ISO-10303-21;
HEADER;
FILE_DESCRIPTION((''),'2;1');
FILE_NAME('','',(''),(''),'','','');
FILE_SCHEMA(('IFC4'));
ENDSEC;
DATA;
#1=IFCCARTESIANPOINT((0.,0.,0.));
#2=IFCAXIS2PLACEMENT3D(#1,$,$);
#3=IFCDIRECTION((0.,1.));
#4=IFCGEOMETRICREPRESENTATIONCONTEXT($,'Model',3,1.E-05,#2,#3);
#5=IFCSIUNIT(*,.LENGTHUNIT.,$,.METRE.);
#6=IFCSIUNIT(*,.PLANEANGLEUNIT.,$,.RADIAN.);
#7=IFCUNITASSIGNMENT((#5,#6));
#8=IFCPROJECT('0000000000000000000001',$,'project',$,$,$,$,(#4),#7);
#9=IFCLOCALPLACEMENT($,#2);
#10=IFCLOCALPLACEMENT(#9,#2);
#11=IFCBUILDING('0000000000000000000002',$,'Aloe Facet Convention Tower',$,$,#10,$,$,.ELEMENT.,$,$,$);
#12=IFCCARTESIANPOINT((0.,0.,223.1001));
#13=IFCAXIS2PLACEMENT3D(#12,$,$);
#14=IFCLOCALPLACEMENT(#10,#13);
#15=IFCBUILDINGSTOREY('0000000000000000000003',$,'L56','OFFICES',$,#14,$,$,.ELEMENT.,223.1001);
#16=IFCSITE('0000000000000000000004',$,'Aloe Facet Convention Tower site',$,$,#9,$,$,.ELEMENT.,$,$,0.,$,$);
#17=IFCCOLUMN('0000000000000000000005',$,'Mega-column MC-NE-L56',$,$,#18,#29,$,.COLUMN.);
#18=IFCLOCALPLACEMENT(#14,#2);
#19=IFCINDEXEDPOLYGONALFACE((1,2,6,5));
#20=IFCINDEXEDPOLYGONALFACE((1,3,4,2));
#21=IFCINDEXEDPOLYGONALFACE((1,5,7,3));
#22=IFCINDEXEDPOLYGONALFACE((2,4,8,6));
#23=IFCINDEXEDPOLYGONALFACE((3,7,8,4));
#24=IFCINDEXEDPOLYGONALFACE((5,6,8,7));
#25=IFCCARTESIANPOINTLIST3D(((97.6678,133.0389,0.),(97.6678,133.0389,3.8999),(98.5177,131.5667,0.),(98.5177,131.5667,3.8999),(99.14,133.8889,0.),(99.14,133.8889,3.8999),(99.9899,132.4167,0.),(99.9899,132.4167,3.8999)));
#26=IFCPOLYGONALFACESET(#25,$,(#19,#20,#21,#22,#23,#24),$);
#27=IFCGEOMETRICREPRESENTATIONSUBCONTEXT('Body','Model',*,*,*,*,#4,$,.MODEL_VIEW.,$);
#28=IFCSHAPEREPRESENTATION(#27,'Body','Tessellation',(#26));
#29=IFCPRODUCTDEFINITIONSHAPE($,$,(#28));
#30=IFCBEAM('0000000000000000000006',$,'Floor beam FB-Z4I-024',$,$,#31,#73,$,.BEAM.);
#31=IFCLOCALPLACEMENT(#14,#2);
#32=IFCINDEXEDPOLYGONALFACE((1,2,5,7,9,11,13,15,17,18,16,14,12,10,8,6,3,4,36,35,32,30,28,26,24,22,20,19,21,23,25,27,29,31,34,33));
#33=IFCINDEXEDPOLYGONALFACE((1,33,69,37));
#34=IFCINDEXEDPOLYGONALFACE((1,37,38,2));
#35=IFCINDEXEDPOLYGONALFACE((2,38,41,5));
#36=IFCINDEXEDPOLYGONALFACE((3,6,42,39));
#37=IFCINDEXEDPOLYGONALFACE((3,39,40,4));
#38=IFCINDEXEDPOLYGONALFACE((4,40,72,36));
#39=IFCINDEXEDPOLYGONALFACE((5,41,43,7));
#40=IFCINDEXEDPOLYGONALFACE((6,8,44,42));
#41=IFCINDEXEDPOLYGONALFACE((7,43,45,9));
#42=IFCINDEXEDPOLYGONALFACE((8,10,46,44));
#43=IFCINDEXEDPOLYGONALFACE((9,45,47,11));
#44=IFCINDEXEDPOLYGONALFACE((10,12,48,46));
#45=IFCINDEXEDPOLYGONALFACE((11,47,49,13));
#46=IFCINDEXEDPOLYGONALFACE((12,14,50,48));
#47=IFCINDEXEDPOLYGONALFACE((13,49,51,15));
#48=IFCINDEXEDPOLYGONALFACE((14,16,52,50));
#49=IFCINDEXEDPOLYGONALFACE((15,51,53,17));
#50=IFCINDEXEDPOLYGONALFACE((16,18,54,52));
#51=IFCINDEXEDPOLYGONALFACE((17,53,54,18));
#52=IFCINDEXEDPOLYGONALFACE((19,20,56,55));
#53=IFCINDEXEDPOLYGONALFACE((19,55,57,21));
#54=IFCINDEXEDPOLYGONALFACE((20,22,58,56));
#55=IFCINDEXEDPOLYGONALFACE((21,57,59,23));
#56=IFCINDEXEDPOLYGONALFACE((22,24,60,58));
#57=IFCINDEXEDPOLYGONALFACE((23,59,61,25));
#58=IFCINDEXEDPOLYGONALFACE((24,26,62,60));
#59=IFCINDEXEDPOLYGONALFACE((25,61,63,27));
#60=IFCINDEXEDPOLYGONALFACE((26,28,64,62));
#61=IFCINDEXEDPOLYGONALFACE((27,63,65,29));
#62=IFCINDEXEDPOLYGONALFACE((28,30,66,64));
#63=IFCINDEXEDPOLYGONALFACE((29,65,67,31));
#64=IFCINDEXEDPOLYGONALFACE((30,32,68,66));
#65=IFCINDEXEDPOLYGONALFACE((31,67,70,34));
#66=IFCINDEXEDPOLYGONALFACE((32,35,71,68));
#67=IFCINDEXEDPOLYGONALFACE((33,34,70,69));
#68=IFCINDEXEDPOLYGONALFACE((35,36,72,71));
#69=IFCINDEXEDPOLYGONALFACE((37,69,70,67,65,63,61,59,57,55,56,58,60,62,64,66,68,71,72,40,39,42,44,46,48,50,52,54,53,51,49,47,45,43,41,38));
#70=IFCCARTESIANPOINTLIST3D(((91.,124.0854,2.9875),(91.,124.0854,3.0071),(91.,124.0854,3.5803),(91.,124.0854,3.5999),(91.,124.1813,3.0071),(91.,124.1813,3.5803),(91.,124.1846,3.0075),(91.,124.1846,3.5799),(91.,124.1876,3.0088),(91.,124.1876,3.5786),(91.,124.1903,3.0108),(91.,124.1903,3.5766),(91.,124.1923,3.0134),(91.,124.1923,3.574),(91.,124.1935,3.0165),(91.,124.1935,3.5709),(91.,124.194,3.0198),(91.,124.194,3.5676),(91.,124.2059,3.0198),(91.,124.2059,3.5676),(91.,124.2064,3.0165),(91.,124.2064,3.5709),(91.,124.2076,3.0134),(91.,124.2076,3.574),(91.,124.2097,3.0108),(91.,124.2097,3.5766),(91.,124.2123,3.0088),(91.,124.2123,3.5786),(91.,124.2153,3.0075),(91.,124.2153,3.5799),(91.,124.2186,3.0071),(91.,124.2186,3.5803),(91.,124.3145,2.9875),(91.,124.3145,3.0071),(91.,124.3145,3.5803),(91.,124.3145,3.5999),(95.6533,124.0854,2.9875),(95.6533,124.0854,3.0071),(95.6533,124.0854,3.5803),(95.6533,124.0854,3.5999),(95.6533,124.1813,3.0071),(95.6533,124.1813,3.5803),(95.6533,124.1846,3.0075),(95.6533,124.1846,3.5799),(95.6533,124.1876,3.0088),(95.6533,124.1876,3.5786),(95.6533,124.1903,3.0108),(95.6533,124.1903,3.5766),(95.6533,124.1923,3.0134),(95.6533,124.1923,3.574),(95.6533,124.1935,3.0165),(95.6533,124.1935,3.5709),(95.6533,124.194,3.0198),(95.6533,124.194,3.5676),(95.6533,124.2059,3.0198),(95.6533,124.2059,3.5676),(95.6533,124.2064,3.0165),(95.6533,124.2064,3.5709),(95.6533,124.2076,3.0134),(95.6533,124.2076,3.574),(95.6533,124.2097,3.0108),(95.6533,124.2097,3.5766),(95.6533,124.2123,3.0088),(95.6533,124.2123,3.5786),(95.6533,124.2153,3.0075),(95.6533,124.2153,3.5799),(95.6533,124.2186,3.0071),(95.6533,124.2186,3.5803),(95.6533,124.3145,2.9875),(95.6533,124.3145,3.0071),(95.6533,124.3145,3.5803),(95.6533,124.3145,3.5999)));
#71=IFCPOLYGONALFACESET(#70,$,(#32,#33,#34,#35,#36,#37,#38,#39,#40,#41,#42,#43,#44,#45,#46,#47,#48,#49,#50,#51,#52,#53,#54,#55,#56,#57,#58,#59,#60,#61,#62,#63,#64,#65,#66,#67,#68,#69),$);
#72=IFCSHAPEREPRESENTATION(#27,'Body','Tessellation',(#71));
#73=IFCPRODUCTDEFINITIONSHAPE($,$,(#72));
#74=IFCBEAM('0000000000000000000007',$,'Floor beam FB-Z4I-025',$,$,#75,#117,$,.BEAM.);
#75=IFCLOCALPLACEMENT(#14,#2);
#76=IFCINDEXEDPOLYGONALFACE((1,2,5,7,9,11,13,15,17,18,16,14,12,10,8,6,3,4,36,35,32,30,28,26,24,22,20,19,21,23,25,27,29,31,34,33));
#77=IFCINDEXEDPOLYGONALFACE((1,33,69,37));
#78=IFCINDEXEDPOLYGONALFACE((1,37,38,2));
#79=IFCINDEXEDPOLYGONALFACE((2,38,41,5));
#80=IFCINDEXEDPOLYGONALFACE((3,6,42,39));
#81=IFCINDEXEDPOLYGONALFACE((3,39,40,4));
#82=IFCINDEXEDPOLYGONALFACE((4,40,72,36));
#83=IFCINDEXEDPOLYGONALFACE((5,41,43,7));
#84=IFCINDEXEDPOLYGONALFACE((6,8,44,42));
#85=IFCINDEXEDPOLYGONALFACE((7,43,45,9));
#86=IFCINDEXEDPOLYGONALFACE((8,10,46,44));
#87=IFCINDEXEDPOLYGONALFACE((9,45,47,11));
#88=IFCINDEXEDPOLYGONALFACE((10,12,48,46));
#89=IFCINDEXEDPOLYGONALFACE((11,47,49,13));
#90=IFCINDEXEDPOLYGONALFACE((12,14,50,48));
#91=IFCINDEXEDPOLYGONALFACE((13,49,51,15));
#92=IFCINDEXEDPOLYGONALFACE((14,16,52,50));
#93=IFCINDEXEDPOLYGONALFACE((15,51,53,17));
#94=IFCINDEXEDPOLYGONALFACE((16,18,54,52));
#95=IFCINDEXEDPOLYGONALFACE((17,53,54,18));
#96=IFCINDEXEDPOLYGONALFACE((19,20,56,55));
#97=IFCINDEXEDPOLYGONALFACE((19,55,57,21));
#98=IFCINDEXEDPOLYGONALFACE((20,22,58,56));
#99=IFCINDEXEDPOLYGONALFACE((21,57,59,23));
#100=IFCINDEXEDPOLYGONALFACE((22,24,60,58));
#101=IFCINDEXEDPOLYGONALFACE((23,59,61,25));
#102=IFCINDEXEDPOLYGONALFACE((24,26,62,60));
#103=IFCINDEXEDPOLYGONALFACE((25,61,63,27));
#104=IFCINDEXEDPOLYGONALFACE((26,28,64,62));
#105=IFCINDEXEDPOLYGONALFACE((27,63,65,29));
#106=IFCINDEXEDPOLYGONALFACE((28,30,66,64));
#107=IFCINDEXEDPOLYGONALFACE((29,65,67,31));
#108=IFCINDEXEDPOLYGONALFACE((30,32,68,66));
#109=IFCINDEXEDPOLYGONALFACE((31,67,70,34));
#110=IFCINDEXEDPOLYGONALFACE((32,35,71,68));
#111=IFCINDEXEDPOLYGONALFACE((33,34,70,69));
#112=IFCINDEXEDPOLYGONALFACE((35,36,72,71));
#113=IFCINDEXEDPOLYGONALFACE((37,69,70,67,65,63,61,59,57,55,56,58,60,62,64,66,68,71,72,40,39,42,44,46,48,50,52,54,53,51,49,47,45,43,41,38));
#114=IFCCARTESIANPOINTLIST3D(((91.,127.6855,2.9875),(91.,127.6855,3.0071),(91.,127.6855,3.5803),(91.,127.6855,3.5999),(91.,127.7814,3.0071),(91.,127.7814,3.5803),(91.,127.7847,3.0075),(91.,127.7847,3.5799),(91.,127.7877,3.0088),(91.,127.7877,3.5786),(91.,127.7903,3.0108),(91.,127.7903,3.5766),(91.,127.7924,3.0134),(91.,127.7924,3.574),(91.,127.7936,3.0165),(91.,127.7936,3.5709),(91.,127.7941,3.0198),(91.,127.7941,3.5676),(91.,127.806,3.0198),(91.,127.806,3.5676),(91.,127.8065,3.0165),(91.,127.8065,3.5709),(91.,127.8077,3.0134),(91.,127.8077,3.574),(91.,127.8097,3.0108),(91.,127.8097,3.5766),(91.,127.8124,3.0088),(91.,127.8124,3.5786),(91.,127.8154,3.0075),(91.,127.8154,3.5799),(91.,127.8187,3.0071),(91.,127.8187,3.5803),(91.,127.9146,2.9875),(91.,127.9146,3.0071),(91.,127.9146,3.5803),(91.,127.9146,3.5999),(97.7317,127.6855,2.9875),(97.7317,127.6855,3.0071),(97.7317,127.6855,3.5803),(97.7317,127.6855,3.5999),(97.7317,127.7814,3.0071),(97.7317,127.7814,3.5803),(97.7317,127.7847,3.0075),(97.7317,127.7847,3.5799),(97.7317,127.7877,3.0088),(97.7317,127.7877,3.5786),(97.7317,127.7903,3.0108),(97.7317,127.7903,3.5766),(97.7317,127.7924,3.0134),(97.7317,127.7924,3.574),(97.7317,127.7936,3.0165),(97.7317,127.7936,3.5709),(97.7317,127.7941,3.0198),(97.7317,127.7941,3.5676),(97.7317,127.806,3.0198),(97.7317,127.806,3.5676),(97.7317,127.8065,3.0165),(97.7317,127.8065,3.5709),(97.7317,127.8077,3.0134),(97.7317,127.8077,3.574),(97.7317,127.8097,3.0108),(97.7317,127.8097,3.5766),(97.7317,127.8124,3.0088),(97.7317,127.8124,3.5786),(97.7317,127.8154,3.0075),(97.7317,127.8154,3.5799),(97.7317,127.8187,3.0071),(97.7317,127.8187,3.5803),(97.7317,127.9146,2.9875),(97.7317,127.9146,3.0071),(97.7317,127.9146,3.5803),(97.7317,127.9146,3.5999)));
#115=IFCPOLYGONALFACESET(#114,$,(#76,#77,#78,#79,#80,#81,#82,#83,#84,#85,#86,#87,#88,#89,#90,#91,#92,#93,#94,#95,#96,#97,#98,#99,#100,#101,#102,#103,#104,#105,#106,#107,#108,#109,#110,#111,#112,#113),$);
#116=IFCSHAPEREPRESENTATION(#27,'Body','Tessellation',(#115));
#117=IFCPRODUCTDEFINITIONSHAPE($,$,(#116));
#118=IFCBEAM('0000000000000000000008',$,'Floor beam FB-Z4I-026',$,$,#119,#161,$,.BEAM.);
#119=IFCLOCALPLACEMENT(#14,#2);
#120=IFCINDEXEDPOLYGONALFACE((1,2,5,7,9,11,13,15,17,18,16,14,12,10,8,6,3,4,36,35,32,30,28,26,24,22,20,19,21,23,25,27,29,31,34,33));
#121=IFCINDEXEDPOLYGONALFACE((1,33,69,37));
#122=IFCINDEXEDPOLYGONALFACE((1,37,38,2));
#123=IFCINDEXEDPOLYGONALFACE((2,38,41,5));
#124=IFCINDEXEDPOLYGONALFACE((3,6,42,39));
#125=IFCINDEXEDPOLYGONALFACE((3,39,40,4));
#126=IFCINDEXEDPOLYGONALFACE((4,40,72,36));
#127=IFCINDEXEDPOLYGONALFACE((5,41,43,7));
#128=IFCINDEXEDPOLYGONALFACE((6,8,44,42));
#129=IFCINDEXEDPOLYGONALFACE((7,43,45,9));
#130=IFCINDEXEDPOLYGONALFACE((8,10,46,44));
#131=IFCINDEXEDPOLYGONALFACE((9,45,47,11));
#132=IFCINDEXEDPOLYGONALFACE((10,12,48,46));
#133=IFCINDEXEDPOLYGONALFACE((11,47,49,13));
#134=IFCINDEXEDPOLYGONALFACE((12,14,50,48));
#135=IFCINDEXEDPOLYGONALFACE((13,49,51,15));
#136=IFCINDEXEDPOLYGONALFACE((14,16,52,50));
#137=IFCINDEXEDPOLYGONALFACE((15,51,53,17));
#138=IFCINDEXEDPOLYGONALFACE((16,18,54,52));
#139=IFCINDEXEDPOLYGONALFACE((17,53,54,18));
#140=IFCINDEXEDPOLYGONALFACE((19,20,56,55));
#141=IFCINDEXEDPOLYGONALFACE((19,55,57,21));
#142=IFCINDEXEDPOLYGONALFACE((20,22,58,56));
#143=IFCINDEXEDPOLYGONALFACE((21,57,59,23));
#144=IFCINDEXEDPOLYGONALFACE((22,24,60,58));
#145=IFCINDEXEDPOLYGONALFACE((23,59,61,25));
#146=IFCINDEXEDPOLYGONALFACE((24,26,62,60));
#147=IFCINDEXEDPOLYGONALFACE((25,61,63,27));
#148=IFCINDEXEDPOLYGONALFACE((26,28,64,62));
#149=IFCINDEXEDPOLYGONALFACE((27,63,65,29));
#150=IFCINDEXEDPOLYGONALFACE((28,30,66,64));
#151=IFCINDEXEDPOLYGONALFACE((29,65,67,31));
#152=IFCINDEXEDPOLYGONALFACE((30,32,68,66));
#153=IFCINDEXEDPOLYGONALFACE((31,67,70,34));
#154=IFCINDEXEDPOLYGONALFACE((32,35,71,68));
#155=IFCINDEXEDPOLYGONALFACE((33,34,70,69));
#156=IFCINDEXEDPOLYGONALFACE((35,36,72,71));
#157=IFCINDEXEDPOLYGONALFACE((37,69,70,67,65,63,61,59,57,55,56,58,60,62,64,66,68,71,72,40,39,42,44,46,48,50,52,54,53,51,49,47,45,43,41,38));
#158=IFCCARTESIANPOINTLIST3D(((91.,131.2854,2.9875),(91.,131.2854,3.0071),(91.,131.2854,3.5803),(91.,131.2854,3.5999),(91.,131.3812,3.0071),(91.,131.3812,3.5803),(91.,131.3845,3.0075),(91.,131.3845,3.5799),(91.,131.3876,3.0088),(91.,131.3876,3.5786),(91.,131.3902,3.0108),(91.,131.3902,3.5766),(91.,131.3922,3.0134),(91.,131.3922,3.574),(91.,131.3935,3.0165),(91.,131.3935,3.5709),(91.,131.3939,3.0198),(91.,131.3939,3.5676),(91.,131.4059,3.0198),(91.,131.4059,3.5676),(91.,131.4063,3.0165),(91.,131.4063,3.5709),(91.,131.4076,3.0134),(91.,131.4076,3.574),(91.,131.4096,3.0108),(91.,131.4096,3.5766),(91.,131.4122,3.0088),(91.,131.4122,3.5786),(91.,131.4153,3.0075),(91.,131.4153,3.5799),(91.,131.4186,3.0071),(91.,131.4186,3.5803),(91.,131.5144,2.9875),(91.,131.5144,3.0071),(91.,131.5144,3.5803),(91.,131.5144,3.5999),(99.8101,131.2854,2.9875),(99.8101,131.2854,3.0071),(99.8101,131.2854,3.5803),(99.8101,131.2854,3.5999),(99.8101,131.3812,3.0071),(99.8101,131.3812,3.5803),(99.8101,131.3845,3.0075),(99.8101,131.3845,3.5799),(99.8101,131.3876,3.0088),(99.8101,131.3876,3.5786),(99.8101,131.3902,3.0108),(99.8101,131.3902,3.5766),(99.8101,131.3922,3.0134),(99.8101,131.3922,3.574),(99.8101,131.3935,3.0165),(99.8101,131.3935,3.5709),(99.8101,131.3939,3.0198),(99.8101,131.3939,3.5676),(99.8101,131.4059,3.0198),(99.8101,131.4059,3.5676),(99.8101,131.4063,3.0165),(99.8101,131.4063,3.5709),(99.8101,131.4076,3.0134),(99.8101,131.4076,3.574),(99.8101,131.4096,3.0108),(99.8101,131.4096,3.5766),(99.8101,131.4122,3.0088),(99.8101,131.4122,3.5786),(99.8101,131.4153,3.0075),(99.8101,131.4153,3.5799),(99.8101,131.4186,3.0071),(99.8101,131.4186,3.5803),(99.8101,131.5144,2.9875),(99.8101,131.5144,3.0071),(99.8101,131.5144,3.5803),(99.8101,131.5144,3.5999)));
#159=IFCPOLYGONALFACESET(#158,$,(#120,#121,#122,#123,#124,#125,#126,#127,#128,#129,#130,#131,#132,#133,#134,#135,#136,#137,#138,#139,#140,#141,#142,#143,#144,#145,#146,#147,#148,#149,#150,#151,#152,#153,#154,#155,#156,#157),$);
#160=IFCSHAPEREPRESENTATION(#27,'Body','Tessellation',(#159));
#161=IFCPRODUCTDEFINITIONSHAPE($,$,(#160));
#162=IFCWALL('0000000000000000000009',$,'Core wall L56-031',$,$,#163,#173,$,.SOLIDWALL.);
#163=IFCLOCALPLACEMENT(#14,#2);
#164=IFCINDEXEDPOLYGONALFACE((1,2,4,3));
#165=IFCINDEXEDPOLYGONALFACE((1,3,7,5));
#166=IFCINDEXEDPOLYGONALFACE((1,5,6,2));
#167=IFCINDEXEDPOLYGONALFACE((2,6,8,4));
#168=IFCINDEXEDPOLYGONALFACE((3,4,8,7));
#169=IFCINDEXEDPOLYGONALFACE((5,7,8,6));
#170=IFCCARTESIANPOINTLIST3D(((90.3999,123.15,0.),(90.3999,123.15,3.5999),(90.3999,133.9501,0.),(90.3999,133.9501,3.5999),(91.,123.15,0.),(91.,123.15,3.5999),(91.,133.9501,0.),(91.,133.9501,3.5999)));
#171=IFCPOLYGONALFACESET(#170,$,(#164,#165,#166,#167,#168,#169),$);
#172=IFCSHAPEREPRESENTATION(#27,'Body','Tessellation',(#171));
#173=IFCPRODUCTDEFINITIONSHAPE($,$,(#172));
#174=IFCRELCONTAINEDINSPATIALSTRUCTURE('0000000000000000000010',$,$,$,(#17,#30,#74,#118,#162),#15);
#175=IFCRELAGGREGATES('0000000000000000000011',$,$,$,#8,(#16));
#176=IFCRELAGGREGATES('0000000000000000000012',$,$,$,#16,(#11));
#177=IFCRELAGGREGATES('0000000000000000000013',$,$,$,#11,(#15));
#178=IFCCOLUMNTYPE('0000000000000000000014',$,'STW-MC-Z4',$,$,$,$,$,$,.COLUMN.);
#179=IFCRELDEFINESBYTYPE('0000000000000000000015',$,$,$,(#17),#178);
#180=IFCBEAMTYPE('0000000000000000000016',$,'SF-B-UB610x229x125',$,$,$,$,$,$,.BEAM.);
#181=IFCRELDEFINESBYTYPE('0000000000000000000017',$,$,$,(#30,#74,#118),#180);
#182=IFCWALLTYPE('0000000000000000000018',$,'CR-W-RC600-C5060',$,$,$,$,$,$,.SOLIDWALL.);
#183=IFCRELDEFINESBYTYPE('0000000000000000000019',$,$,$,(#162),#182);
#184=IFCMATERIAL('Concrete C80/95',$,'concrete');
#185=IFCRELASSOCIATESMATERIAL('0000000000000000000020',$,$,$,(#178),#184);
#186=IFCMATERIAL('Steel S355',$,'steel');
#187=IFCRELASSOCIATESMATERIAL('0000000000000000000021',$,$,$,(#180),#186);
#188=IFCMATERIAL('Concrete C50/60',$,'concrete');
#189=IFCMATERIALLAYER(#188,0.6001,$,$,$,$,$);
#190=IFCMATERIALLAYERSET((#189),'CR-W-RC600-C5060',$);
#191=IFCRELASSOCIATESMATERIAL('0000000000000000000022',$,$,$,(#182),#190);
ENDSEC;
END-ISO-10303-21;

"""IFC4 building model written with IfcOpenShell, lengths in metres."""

from ifc_helpers import new_model, si_unit, direction, frame, frame_2d, origin, origin_2d, place, context, subcontext, project, spatial, rectangle, i_section, extrude, material, layer, layer_set, material_profile, profile_set, type_object, element, save


model = new_model("IFC4")

# Units and contexts
model_context = context("Model", 3, precision=1e-05, world=origin(), true_north=direction((0.0, 1.0)))
body_context = subcontext(model_context, "Body", "Model", "MODEL_VIEW")
ifc_project = project(units=[si_unit("LENGTHUNIT", "METRE"), si_unit("PLANEANGLEUNIT", "RADIAN")], contexts=[model_context])

# Site, building, storey
site_placement = place(None, origin())
site = spatial("IfcSite", under=ifc_project, at=site_placement, Name="Aloe Facet Convention Tower site", CompositionType="ELEMENT", RefElevation=0.0)
building_placement = place(site_placement, origin())
building = spatial("IfcBuilding", under=site, at=building_placement, Name="Aloe Facet Convention Tower", CompositionType="ELEMENT")
storey_placement = place(building_placement, frame((0.0, 0.0, 223.1001)))
storey = spatial("IfcBuildingStorey", under=building, at=storey_placement, Name="L56", Description="OFFICES", CompositionType="ELEMENT", Elevation=223.1001)

# Column
ifc_material_1 = material(Name="Concrete C80/95", Category="concrete")
ifc_material_profile_1 = material_profile(ifc_material_1, rectangle(XDim=1.7, YDim=1.7, at=origin_2d()), Name="STW-MC-Z4")
ifc_profile_set_1 = profile_set([ifc_material_profile_1], Name="Concrete C80/95")
column_type = type_object("IfcColumnType", Name="STW-MC-Z4", PredefinedType="COLUMN", material=ifc_profile_set_1)
column_placement = place(storey_placement, frame((98.8289, 132.7278, 0.0), z_axis=(0.0, 0.0, 1.0), x_axis=(-0.5, 0.866025, 0.0)))
element("IfcColumn", 1, at=column_placement, inside=storey, type_object=column_type, Name="Mega-column MC-NE-L56", PredefinedType="COLUMN", context=body_context, shape_type="SweptSolid", body=[
    extrude(rectangle(XDim=1.7, YDim=1.7, at=origin_2d()), origin(), (0.0, 0.0, 1.0), 3.8999),
])

# Beams
ifc_material_2 = material(Name="Steel S355", Category="steel")
ifc_material_profile_2 = material_profile(ifc_material_2, i_section(OverallWidth=0.229, OverallDepth=0.6123, WebThickness=0.012, FlangeThickness=0.0195, FilletRadius=0.0127, at=origin_2d()), Name="UB 610x229x125")
ifc_profile_set_2 = profile_set([ifc_material_profile_2], Name="Steel S355")
beam_type = type_object("IfcBeamType", Name="SF-B-UB610x229x125", PredefinedType="BEAM", material=ifc_profile_set_2)
beam_1_placement = place(storey_placement, frame((91.0, 124.2, 3.2937), z_axis=(1.0, 0.0, 0.0), x_axis=(0.0, 1.0, 0.0)))
element("IfcBeam", 2, at=beam_1_placement, inside=storey, type_object=beam_type, Name="Floor beam FB-Z4I-024", PredefinedType="BEAM", context=body_context, shape_type="SweptSolid", body=[
    extrude(i_section(OverallWidth=0.229, OverallDepth=0.6123, WebThickness=0.012, FlangeThickness=0.0195, FilletRadius=0.0127, at=origin_2d()), origin(), (0.0, 0.0, 1.0), 4.6533),
])
beam_2_placement = place(storey_placement, frame((91.0, 127.8, 3.2937), z_axis=(1.0, 0.0, 0.0), x_axis=(0.0, 1.0, 0.0)))
element("IfcBeam", 3, at=beam_2_placement, inside=storey, type_object=beam_type, Name="Floor beam FB-Z4I-025", PredefinedType="BEAM", context=body_context, shape_type="SweptSolid", body=[
    extrude(i_section(OverallWidth=0.229, OverallDepth=0.6123, WebThickness=0.012, FlangeThickness=0.0195, FilletRadius=0.0127, at=origin_2d()), origin(), (0.0, 0.0, 1.0), 6.7317),
])
beam_3_placement = place(storey_placement, frame((91.0, 131.3999, 3.2937), z_axis=(1.0, 0.0, 0.0), x_axis=(0.0, 1.0, 0.0)))
element("IfcBeam", 4, at=beam_3_placement, inside=storey, type_object=beam_type, Name="Floor beam FB-Z4I-026", PredefinedType="BEAM", context=body_context, shape_type="SweptSolid", body=[
    extrude(i_section(OverallWidth=0.229, OverallDepth=0.6123, WebThickness=0.012, FlangeThickness=0.0195, FilletRadius=0.0127, at=origin_2d()), origin(), (0.0, 0.0, 1.0), 8.8101),
])

# Wall
ifc_material_3 = material(Name="Concrete C50/60", Category="concrete")
ifc_layer_1 = layer(ifc_material_3, 0.6001)
ifc_layer_set_1 = layer_set([ifc_layer_1], Name="CR-W-RC600-C5060")
wall_type_1 = type_object("IfcWallType", Name="CR-W-RC600-C5060", PredefinedType="SOLIDWALL", material=ifc_layer_set_1)
wall_1_placement = place(storey_placement, frame((90.7, 133.95, 0.0), z_axis=(0.0, 0.0, 1.0), x_axis=(0.0, -1.0, 0.0)))
element("IfcWall", 5, at=wall_1_placement, inside=storey, type_object=wall_type_1, Name="Core wall L56-031", PredefinedType="SOLIDWALL", context=body_context, shape_type="SweptSolid", body=[
    extrude(rectangle(XDim=10.8, YDim=0.6001, at=frame_2d((5.3999, 0.0))), origin(), (0.0, 0.0, 1.0), 3.5999),
])

save(model, "model.ifc")
